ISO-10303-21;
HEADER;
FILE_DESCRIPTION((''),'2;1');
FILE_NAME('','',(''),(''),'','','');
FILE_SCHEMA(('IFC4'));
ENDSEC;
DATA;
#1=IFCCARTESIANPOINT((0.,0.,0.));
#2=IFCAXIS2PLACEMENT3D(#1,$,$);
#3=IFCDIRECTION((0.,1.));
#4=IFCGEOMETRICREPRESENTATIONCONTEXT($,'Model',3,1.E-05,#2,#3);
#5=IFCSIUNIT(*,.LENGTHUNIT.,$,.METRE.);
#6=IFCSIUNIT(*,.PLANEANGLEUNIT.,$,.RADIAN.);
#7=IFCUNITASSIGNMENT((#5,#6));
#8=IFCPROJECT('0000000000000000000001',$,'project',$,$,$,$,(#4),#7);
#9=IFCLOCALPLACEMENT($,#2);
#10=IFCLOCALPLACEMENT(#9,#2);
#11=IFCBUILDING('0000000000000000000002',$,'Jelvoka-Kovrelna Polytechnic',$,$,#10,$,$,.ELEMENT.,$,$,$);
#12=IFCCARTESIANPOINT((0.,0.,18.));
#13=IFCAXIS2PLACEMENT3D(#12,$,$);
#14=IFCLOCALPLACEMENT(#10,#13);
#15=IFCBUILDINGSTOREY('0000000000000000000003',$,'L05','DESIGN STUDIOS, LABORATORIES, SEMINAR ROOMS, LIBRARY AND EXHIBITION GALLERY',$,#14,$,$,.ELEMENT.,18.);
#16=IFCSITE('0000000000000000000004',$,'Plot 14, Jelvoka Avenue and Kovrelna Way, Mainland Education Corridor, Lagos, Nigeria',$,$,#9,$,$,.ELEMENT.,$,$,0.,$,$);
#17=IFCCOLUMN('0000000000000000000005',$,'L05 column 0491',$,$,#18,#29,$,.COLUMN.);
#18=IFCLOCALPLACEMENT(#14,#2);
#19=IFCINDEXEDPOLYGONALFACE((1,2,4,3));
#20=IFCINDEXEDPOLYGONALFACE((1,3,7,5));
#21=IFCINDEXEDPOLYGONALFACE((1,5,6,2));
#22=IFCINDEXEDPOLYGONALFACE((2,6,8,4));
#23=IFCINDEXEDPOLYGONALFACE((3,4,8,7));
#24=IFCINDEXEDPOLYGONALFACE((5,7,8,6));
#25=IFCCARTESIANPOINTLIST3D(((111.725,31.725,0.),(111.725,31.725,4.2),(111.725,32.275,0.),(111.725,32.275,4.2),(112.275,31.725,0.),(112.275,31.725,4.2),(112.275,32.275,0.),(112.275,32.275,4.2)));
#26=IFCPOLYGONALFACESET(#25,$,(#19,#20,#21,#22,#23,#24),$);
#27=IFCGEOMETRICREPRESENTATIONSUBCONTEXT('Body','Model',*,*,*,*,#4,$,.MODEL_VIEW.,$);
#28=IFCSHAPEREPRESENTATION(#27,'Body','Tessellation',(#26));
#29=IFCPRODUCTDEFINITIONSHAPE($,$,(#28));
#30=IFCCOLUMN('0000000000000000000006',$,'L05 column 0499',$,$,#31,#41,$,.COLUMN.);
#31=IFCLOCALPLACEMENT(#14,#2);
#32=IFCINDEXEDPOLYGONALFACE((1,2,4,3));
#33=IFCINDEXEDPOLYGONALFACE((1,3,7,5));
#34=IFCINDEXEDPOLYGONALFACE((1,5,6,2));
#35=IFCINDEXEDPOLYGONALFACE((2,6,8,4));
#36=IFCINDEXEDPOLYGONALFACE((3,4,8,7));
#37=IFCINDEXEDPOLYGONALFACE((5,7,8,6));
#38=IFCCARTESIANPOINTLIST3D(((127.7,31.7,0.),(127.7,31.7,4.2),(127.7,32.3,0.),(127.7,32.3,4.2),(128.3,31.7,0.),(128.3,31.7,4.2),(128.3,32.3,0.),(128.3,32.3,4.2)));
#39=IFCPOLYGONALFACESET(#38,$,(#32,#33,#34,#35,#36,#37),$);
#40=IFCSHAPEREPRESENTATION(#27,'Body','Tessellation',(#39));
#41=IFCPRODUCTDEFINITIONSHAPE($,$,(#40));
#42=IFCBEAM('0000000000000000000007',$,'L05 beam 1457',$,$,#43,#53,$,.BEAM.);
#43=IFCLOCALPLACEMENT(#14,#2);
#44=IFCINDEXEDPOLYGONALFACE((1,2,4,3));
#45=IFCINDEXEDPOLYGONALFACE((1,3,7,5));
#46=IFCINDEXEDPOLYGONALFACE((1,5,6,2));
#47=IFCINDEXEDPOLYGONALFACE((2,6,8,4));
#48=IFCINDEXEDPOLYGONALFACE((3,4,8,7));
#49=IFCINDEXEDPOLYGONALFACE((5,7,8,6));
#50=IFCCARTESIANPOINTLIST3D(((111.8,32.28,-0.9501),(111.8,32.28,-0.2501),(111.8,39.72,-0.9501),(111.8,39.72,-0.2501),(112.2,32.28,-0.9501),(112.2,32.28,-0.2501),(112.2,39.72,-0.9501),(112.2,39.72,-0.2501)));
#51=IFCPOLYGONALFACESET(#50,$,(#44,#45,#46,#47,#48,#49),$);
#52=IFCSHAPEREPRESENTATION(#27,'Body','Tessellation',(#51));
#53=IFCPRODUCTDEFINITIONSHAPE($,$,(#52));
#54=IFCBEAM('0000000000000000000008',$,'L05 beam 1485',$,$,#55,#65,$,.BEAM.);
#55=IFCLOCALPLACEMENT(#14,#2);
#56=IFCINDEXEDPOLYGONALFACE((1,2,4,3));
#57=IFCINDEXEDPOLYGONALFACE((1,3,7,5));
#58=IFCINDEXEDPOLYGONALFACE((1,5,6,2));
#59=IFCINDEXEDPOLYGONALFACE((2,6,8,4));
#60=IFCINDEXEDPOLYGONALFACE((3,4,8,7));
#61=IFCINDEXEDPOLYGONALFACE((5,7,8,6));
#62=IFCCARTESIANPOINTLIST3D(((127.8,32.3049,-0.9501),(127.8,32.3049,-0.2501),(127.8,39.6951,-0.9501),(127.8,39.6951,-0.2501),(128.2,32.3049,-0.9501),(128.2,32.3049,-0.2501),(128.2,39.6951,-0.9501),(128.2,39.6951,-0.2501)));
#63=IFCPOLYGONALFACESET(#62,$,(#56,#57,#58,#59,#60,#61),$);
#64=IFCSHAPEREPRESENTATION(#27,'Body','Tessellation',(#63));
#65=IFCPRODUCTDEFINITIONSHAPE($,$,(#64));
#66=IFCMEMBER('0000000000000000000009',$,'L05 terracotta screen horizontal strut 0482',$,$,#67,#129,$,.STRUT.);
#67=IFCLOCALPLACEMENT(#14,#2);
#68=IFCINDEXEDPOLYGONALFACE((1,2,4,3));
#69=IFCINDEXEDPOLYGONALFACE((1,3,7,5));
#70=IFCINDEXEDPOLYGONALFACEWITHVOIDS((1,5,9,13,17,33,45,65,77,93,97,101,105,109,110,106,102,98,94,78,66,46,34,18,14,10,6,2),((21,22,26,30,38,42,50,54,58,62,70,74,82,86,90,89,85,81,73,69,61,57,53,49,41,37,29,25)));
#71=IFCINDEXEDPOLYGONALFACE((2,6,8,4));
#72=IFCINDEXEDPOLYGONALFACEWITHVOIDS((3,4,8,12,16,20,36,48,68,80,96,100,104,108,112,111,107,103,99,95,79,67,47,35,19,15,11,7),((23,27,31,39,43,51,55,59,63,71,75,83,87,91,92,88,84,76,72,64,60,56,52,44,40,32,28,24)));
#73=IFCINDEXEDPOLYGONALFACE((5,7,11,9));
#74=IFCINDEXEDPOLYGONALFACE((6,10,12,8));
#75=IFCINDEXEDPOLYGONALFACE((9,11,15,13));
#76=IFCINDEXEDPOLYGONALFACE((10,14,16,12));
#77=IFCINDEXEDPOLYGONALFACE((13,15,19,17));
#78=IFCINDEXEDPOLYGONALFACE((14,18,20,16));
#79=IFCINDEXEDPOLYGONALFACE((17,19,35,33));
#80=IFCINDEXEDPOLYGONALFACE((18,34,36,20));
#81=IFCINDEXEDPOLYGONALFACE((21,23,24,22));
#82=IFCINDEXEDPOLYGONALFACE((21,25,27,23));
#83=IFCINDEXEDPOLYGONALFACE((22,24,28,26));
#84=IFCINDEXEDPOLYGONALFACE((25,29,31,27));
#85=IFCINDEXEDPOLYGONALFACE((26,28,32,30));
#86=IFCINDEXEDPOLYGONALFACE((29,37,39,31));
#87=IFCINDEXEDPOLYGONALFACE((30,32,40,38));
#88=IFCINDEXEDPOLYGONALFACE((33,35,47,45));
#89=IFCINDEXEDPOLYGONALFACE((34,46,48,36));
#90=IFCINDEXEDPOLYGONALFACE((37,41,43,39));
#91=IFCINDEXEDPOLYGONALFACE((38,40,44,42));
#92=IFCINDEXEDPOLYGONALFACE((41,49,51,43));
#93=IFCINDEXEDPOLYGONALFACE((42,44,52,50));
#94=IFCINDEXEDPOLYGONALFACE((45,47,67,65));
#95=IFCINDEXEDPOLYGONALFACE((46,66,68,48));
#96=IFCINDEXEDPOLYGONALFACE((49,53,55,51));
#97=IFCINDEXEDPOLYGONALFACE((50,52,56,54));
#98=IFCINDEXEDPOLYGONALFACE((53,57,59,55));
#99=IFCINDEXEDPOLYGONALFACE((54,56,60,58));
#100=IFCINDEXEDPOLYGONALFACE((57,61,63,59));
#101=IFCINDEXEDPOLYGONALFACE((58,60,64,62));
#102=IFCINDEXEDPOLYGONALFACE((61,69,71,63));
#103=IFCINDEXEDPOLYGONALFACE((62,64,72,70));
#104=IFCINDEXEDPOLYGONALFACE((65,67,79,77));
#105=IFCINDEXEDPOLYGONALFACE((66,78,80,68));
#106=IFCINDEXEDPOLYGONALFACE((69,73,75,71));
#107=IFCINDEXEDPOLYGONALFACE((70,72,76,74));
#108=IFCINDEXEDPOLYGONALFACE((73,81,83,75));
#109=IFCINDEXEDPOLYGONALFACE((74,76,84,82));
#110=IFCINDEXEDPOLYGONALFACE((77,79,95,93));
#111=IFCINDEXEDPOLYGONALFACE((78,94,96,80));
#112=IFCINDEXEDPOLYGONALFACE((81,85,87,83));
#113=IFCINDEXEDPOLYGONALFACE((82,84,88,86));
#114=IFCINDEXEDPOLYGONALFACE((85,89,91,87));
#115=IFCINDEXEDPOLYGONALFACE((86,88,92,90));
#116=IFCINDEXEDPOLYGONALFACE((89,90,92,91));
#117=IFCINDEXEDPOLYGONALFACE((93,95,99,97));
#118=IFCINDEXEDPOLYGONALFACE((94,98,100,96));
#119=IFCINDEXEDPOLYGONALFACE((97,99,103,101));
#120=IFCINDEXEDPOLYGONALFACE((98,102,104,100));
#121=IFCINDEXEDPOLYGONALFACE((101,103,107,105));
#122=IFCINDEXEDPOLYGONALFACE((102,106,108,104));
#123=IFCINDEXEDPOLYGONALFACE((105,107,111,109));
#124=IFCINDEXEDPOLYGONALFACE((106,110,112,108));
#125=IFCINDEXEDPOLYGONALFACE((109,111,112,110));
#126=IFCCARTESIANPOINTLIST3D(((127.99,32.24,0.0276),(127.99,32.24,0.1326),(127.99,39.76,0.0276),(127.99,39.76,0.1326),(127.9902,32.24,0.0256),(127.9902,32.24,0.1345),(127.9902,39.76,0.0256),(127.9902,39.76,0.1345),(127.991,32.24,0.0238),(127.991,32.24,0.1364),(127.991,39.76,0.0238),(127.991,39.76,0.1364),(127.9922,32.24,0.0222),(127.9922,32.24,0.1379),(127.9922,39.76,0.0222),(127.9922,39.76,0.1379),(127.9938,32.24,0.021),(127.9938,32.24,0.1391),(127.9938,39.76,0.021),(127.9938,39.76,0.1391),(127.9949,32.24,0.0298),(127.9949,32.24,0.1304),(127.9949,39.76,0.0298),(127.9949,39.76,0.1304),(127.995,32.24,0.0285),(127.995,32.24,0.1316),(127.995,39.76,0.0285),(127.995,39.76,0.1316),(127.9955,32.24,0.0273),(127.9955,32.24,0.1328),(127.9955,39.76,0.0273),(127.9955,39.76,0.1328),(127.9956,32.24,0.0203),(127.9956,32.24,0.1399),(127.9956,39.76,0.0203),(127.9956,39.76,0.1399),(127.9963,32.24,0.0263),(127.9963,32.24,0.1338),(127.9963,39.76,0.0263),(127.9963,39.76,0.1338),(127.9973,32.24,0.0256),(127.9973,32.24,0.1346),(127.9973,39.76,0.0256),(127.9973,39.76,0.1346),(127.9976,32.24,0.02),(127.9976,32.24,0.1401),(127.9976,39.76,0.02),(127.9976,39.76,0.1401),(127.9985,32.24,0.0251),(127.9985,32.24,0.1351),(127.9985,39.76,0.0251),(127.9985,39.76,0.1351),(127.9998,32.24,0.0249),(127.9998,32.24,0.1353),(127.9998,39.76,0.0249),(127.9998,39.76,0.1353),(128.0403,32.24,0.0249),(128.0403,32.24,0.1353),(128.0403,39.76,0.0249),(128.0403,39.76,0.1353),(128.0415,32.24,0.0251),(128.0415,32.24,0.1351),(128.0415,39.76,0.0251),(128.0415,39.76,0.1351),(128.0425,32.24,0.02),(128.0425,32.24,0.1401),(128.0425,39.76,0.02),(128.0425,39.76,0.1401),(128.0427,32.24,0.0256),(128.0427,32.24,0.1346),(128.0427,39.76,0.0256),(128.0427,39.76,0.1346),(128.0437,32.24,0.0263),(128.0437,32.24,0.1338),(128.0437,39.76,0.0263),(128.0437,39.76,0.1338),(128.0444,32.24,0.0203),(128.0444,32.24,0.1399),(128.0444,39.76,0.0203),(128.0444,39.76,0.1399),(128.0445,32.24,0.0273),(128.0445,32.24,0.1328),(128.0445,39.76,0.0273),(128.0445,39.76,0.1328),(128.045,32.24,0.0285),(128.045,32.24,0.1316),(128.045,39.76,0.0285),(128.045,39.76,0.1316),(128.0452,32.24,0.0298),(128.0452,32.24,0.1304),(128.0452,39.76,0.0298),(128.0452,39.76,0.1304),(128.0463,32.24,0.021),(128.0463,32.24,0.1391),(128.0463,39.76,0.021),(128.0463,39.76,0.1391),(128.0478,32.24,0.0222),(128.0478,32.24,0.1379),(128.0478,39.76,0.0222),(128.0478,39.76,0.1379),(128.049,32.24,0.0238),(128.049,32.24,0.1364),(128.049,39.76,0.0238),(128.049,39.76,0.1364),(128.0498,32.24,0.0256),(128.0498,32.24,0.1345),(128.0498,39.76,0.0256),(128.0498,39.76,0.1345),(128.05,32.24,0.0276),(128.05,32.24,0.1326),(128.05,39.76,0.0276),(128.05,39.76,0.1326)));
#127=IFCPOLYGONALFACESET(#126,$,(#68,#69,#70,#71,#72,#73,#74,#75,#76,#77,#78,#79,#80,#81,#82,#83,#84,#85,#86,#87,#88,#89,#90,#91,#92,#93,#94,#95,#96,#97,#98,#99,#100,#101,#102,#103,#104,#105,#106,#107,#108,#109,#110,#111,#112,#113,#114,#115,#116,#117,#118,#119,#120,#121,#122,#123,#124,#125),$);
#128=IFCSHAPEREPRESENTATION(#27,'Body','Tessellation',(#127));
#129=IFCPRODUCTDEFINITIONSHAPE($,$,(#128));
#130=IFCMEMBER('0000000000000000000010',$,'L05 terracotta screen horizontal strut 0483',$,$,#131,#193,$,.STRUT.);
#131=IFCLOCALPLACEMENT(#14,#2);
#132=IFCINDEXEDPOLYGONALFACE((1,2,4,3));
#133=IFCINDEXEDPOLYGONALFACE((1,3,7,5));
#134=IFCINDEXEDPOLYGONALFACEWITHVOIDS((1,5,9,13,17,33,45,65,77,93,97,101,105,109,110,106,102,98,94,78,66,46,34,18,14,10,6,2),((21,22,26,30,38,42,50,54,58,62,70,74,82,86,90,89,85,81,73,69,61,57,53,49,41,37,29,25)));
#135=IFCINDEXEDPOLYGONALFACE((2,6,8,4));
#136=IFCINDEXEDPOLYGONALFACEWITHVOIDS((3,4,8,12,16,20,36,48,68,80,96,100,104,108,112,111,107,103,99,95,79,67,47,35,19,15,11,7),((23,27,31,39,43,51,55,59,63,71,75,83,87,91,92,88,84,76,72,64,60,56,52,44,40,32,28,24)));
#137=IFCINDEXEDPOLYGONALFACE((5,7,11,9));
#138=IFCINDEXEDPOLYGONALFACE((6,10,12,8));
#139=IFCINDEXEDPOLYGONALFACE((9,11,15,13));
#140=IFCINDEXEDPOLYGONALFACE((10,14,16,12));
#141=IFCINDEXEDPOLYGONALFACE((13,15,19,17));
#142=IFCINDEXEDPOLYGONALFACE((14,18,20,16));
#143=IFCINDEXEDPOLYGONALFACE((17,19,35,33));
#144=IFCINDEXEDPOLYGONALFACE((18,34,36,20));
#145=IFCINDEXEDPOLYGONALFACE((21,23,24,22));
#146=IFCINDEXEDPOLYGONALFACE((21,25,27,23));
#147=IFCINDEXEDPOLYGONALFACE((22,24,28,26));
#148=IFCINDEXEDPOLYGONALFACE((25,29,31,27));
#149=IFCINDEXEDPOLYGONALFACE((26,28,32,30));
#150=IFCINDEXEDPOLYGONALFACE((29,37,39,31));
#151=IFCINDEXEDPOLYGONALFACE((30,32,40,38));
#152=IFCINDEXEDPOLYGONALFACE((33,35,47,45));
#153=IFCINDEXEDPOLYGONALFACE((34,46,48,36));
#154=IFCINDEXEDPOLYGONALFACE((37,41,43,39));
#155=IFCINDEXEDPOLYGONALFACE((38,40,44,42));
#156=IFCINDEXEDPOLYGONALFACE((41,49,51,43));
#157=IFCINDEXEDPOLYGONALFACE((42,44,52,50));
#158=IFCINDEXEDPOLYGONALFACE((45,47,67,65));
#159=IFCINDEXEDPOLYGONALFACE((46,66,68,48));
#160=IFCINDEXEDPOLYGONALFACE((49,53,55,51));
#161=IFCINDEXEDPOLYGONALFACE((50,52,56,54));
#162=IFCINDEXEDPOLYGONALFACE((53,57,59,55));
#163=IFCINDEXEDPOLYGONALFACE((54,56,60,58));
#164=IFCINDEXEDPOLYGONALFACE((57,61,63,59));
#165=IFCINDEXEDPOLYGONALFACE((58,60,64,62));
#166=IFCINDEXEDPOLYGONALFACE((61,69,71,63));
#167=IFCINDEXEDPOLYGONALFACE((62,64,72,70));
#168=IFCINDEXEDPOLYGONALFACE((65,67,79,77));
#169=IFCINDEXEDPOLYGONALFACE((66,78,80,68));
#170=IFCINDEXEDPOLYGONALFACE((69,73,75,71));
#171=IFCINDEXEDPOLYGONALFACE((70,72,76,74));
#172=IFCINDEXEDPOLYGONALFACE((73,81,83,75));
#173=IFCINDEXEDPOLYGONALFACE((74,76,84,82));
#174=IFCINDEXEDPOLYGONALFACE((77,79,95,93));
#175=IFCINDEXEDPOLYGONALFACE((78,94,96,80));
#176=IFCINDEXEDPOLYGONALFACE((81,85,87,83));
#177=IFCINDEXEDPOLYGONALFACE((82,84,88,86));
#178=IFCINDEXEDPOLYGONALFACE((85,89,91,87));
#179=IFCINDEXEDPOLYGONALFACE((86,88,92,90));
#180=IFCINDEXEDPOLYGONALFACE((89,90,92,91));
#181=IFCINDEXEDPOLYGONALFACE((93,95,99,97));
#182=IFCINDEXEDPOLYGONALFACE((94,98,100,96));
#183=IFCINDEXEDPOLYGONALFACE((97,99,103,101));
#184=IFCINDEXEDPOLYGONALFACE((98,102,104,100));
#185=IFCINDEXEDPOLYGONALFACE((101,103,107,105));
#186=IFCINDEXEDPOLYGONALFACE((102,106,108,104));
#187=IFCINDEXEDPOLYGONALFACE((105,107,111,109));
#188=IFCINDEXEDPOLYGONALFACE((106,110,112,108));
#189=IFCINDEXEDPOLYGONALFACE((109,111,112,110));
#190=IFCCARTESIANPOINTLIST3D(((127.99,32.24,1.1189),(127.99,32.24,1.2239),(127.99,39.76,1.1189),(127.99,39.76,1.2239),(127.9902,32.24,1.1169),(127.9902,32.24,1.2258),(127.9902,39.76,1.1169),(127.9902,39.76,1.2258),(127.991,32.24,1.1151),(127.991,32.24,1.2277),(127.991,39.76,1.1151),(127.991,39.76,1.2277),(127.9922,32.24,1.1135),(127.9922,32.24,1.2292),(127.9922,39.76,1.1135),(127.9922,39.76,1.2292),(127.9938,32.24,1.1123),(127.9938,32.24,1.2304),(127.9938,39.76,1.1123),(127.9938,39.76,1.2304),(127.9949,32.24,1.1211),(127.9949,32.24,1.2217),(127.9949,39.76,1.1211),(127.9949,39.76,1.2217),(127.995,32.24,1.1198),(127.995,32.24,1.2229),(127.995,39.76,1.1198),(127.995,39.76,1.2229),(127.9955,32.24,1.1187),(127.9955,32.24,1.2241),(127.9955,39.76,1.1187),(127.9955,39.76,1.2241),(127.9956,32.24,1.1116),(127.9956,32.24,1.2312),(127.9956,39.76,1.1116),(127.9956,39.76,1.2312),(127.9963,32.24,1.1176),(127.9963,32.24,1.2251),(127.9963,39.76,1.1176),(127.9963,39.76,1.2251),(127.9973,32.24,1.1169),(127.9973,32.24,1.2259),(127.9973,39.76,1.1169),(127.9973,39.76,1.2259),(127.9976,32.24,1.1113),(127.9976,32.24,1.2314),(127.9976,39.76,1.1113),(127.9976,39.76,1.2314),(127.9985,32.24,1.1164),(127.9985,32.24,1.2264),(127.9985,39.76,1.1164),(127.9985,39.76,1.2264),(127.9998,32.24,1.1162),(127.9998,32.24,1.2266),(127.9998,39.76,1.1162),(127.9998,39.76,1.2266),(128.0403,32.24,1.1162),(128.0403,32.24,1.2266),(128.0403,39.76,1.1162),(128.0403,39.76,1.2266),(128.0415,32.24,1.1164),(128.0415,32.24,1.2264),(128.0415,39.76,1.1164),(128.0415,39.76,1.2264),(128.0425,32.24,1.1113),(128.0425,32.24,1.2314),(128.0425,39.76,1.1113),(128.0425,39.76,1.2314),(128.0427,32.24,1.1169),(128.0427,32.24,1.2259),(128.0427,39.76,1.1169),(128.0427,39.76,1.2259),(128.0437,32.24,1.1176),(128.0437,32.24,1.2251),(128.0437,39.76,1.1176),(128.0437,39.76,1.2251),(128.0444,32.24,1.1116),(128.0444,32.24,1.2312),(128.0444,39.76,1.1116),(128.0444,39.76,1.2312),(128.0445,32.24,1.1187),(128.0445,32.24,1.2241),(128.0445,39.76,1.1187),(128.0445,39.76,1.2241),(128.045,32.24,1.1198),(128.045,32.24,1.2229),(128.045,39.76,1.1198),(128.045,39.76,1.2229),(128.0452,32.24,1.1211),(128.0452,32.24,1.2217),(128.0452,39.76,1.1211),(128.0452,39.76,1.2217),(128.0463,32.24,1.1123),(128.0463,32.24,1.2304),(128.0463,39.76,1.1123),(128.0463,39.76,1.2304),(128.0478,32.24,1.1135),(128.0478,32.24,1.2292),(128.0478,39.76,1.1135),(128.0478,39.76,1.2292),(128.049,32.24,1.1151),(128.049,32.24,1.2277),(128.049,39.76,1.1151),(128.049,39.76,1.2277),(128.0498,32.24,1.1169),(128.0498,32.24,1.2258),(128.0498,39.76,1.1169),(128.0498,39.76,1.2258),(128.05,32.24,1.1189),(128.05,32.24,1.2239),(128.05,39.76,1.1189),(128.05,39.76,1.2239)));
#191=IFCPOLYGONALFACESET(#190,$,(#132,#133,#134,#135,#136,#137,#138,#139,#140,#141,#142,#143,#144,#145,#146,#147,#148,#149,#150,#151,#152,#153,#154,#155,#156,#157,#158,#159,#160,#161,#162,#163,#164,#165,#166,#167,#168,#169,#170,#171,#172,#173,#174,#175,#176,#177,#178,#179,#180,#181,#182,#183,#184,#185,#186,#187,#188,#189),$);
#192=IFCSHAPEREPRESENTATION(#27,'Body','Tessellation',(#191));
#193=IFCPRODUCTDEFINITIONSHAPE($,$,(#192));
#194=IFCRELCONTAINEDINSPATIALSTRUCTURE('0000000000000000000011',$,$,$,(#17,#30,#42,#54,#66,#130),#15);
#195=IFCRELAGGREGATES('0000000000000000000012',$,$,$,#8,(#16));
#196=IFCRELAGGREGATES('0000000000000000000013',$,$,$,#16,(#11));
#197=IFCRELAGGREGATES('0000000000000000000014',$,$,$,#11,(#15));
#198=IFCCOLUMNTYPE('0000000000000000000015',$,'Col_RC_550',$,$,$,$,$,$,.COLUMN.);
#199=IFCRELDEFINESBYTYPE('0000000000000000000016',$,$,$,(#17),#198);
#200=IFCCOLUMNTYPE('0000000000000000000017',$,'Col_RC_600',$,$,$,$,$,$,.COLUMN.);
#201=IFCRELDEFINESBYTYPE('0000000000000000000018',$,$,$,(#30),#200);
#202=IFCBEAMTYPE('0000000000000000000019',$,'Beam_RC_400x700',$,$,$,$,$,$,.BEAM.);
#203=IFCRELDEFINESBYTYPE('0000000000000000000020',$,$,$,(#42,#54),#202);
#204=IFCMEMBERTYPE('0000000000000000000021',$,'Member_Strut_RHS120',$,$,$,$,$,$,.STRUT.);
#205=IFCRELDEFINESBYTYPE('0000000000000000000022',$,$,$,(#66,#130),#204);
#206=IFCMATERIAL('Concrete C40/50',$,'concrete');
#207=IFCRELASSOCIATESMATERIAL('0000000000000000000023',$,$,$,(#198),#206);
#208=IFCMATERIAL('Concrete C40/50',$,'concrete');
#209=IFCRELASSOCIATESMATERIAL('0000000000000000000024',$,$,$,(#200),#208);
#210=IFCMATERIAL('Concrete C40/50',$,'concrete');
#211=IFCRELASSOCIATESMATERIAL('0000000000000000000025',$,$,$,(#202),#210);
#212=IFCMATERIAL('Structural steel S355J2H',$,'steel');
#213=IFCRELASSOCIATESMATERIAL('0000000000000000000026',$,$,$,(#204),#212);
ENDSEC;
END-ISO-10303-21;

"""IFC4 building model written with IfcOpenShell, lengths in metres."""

from ifc_helpers import new_model, si_unit, direction, frame, origin, origin_2d, place, context, subcontext, project, spatial, rectangle, hollow_rectangle, extrude, material, material_profile, profile_set, type_object, element, save


model = new_model("IFC4")

# Units and contexts
model_context = context("Model", 3, precision=1e-05, world=origin(), true_north=direction((0.0, 1.0)))
body_context = subcontext(model_context, "Body", "Model", "MODEL_VIEW")
ifc_project = project(units=[si_unit("LENGTHUNIT", "METRE"), si_unit("PLANEANGLEUNIT", "RADIAN")], contexts=[model_context])

# Site, building, storey
site_placement = place(None, origin())
site = spatial("IfcSite", under=ifc_project, at=site_placement, Name="Plot 14, Jelvoka Avenue and Kovrelna Way, Mainland Education Corridor, Lagos, Nigeria", CompositionType="ELEMENT", RefElevation=0.0)
building_placement = place(site_placement, origin())
building = spatial("IfcBuilding", under=site, at=building_placement, Name="Jelvoka-Kovrelna Polytechnic", CompositionType="ELEMENT")
storey_placement = place(building_placement, frame((0.0, 0.0, 18.0)))
storey = spatial("IfcBuildingStorey", under=building, at=storey_placement, Name="L05", Description="DESIGN STUDIOS, LABORATORIES, SEMINAR ROOMS, LIBRARY AND EXHIBITION GALLERY", CompositionType="ELEMENT", Elevation=18.0)

# Columns
ifc_material_1 = material(Name="Concrete C40/50", Category="concrete")
ifc_material_profile_1 = material_profile(ifc_material_1, rectangle(XDim=0.55, YDim=0.55, at=origin_2d()), Name="RC 550x550")
ifc_profile_set_1 = profile_set([ifc_material_profile_1], Name="Concrete C40/50")
column_type_1 = type_object("IfcColumnType", Name="Col_RC_550", PredefinedType="COLUMN", material=ifc_profile_set_1)
column_1_placement = place(storey_placement, frame((112.0, 32.0, 0.0), z_axis=(0.0, 0.0, 1.0), x_axis=(1.0, 0.0, 0.0)))
element("IfcColumn", 1, at=column_1_placement, inside=storey, type_object=column_type_1, Name="L05 column 0491", PredefinedType="COLUMN", context=body_context, shape_type="SweptSolid", body=[
    extrude(rectangle(XDim=0.55, YDim=0.55, at=origin_2d()), origin(), (0.0, 0.0, 1.0), 4.2),
])
ifc_material_2 = material(Name="Concrete C40/50", Category="concrete")
ifc_material_profile_2 = material_profile(ifc_material_2, rectangle(XDim=0.6001, YDim=0.6001, at=origin_2d()), Name="RC 600x600")
ifc_profile_set_2 = profile_set([ifc_material_profile_2], Name="Concrete C40/50")
column_type_2 = type_object("IfcColumnType", Name="Col_RC_600", PredefinedType="COLUMN", material=ifc_profile_set_2)
column_2_placement = place(storey_placement, frame((128.0, 32.0, 0.0), z_axis=(0.0, 0.0, 1.0), x_axis=(1.0, 0.0, 0.0)))
element("IfcColumn", 2, at=column_2_placement, inside=storey, type_object=column_type_2, Name="L05 column 0499", PredefinedType="COLUMN", context=body_context, shape_type="SweptSolid", body=[
    extrude(rectangle(XDim=0.6001, YDim=0.6001, at=origin_2d()), origin(), (0.0, 0.0, 1.0), 4.2),
])

# Beams
ifc_material_3 = material(Name="Concrete C40/50", Category="concrete")
ifc_material_profile_3 = material_profile(ifc_material_3, rectangle(XDim=0.3999, YDim=0.7, at=origin_2d()), Name="RC 400x700")
ifc_profile_set_3 = profile_set([ifc_material_profile_3], Name="Concrete C40/50")
beam_type_1 = type_object("IfcBeamType", Name="Beam_RC_400x700", PredefinedType="BEAM", material=ifc_profile_set_3)
beam_1_placement = place(storey_placement, frame((112.0, 32.28, -0.6001), z_axis=(0.0, 1.0, 0.0), x_axis=(-1.0, 0.0, 0.0)))
element("IfcBeam", 3, at=beam_1_placement, inside=storey, type_object=beam_type_1, Name="L05 beam 1457", PredefinedType="BEAM", context=body_context, shape_type="SweptSolid", body=[
    extrude(rectangle(XDim=0.3999, YDim=0.7, at=origin_2d()), origin(), (0.0, 0.0, 1.0), 7.4399),
])
beam_2_placement = place(storey_placement, frame((128.0, 32.3049, -0.6001), z_axis=(0.0, 1.0, 0.0), x_axis=(-1.0, 0.0, 0.0)))
element("IfcBeam", 4, at=beam_2_placement, inside=storey, type_object=beam_type_1, Name="L05 beam 1485", PredefinedType="BEAM", context=body_context, shape_type="SweptSolid", body=[
    extrude(rectangle(XDim=0.3999, YDim=0.7, at=origin_2d()), origin(), (0.0, 0.0, 1.0), 7.3901),
])

# Members
ifc_material_4 = material(Name="Structural steel S355J2H", Category="steel")
ifc_material_profile_4 = material_profile(ifc_material_4, hollow_rectangle(XDim=0.0601, YDim=0.1201, WallThickness=0.0049, InnerFilletRadius=0.0049, OuterFilletRadius=0.0076, at=origin_2d()), Name="120x60x5.0 RHS")
ifc_profile_set_4 = profile_set([ifc_material_profile_4], Name="Structural steel S355J2H")
member_type_1 = type_object("IfcMemberType", Name="Member_Strut_RHS120", PredefinedType="STRUT", material=ifc_profile_set_4)
for number, where, z_axis, x_axis, name in (
    (5, (128.02, 32.24, 0.0801), (0.0, 1.0, 0.0), (-1.0, 0.0, 0.0), "L05 terracotta screen horizontal strut 0482"),
    (6, (128.02, 32.24, 1.1714), (0.0, 1.0, 0.0), (-1.0, 0.0, 0.0), "L05 terracotta screen horizontal strut 0483"),
):
    element("IfcMember", number, at=place(storey_placement, frame(where, z_axis=z_axis, x_axis=x_axis)), inside=storey, type_object=member_type_1, Name=name, PredefinedType="STRUT", context=body_context, shape_type="SweptSolid", body=[
        extrude(hollow_rectangle(XDim=0.0601, YDim=0.1201, WallThickness=0.0049, InnerFilletRadius=0.0049, OuterFilletRadius=0.0076, at=origin_2d()), origin(), (0.0, 0.0, 1.0), 7.52),
    ])

save(model, "model.ifc")
